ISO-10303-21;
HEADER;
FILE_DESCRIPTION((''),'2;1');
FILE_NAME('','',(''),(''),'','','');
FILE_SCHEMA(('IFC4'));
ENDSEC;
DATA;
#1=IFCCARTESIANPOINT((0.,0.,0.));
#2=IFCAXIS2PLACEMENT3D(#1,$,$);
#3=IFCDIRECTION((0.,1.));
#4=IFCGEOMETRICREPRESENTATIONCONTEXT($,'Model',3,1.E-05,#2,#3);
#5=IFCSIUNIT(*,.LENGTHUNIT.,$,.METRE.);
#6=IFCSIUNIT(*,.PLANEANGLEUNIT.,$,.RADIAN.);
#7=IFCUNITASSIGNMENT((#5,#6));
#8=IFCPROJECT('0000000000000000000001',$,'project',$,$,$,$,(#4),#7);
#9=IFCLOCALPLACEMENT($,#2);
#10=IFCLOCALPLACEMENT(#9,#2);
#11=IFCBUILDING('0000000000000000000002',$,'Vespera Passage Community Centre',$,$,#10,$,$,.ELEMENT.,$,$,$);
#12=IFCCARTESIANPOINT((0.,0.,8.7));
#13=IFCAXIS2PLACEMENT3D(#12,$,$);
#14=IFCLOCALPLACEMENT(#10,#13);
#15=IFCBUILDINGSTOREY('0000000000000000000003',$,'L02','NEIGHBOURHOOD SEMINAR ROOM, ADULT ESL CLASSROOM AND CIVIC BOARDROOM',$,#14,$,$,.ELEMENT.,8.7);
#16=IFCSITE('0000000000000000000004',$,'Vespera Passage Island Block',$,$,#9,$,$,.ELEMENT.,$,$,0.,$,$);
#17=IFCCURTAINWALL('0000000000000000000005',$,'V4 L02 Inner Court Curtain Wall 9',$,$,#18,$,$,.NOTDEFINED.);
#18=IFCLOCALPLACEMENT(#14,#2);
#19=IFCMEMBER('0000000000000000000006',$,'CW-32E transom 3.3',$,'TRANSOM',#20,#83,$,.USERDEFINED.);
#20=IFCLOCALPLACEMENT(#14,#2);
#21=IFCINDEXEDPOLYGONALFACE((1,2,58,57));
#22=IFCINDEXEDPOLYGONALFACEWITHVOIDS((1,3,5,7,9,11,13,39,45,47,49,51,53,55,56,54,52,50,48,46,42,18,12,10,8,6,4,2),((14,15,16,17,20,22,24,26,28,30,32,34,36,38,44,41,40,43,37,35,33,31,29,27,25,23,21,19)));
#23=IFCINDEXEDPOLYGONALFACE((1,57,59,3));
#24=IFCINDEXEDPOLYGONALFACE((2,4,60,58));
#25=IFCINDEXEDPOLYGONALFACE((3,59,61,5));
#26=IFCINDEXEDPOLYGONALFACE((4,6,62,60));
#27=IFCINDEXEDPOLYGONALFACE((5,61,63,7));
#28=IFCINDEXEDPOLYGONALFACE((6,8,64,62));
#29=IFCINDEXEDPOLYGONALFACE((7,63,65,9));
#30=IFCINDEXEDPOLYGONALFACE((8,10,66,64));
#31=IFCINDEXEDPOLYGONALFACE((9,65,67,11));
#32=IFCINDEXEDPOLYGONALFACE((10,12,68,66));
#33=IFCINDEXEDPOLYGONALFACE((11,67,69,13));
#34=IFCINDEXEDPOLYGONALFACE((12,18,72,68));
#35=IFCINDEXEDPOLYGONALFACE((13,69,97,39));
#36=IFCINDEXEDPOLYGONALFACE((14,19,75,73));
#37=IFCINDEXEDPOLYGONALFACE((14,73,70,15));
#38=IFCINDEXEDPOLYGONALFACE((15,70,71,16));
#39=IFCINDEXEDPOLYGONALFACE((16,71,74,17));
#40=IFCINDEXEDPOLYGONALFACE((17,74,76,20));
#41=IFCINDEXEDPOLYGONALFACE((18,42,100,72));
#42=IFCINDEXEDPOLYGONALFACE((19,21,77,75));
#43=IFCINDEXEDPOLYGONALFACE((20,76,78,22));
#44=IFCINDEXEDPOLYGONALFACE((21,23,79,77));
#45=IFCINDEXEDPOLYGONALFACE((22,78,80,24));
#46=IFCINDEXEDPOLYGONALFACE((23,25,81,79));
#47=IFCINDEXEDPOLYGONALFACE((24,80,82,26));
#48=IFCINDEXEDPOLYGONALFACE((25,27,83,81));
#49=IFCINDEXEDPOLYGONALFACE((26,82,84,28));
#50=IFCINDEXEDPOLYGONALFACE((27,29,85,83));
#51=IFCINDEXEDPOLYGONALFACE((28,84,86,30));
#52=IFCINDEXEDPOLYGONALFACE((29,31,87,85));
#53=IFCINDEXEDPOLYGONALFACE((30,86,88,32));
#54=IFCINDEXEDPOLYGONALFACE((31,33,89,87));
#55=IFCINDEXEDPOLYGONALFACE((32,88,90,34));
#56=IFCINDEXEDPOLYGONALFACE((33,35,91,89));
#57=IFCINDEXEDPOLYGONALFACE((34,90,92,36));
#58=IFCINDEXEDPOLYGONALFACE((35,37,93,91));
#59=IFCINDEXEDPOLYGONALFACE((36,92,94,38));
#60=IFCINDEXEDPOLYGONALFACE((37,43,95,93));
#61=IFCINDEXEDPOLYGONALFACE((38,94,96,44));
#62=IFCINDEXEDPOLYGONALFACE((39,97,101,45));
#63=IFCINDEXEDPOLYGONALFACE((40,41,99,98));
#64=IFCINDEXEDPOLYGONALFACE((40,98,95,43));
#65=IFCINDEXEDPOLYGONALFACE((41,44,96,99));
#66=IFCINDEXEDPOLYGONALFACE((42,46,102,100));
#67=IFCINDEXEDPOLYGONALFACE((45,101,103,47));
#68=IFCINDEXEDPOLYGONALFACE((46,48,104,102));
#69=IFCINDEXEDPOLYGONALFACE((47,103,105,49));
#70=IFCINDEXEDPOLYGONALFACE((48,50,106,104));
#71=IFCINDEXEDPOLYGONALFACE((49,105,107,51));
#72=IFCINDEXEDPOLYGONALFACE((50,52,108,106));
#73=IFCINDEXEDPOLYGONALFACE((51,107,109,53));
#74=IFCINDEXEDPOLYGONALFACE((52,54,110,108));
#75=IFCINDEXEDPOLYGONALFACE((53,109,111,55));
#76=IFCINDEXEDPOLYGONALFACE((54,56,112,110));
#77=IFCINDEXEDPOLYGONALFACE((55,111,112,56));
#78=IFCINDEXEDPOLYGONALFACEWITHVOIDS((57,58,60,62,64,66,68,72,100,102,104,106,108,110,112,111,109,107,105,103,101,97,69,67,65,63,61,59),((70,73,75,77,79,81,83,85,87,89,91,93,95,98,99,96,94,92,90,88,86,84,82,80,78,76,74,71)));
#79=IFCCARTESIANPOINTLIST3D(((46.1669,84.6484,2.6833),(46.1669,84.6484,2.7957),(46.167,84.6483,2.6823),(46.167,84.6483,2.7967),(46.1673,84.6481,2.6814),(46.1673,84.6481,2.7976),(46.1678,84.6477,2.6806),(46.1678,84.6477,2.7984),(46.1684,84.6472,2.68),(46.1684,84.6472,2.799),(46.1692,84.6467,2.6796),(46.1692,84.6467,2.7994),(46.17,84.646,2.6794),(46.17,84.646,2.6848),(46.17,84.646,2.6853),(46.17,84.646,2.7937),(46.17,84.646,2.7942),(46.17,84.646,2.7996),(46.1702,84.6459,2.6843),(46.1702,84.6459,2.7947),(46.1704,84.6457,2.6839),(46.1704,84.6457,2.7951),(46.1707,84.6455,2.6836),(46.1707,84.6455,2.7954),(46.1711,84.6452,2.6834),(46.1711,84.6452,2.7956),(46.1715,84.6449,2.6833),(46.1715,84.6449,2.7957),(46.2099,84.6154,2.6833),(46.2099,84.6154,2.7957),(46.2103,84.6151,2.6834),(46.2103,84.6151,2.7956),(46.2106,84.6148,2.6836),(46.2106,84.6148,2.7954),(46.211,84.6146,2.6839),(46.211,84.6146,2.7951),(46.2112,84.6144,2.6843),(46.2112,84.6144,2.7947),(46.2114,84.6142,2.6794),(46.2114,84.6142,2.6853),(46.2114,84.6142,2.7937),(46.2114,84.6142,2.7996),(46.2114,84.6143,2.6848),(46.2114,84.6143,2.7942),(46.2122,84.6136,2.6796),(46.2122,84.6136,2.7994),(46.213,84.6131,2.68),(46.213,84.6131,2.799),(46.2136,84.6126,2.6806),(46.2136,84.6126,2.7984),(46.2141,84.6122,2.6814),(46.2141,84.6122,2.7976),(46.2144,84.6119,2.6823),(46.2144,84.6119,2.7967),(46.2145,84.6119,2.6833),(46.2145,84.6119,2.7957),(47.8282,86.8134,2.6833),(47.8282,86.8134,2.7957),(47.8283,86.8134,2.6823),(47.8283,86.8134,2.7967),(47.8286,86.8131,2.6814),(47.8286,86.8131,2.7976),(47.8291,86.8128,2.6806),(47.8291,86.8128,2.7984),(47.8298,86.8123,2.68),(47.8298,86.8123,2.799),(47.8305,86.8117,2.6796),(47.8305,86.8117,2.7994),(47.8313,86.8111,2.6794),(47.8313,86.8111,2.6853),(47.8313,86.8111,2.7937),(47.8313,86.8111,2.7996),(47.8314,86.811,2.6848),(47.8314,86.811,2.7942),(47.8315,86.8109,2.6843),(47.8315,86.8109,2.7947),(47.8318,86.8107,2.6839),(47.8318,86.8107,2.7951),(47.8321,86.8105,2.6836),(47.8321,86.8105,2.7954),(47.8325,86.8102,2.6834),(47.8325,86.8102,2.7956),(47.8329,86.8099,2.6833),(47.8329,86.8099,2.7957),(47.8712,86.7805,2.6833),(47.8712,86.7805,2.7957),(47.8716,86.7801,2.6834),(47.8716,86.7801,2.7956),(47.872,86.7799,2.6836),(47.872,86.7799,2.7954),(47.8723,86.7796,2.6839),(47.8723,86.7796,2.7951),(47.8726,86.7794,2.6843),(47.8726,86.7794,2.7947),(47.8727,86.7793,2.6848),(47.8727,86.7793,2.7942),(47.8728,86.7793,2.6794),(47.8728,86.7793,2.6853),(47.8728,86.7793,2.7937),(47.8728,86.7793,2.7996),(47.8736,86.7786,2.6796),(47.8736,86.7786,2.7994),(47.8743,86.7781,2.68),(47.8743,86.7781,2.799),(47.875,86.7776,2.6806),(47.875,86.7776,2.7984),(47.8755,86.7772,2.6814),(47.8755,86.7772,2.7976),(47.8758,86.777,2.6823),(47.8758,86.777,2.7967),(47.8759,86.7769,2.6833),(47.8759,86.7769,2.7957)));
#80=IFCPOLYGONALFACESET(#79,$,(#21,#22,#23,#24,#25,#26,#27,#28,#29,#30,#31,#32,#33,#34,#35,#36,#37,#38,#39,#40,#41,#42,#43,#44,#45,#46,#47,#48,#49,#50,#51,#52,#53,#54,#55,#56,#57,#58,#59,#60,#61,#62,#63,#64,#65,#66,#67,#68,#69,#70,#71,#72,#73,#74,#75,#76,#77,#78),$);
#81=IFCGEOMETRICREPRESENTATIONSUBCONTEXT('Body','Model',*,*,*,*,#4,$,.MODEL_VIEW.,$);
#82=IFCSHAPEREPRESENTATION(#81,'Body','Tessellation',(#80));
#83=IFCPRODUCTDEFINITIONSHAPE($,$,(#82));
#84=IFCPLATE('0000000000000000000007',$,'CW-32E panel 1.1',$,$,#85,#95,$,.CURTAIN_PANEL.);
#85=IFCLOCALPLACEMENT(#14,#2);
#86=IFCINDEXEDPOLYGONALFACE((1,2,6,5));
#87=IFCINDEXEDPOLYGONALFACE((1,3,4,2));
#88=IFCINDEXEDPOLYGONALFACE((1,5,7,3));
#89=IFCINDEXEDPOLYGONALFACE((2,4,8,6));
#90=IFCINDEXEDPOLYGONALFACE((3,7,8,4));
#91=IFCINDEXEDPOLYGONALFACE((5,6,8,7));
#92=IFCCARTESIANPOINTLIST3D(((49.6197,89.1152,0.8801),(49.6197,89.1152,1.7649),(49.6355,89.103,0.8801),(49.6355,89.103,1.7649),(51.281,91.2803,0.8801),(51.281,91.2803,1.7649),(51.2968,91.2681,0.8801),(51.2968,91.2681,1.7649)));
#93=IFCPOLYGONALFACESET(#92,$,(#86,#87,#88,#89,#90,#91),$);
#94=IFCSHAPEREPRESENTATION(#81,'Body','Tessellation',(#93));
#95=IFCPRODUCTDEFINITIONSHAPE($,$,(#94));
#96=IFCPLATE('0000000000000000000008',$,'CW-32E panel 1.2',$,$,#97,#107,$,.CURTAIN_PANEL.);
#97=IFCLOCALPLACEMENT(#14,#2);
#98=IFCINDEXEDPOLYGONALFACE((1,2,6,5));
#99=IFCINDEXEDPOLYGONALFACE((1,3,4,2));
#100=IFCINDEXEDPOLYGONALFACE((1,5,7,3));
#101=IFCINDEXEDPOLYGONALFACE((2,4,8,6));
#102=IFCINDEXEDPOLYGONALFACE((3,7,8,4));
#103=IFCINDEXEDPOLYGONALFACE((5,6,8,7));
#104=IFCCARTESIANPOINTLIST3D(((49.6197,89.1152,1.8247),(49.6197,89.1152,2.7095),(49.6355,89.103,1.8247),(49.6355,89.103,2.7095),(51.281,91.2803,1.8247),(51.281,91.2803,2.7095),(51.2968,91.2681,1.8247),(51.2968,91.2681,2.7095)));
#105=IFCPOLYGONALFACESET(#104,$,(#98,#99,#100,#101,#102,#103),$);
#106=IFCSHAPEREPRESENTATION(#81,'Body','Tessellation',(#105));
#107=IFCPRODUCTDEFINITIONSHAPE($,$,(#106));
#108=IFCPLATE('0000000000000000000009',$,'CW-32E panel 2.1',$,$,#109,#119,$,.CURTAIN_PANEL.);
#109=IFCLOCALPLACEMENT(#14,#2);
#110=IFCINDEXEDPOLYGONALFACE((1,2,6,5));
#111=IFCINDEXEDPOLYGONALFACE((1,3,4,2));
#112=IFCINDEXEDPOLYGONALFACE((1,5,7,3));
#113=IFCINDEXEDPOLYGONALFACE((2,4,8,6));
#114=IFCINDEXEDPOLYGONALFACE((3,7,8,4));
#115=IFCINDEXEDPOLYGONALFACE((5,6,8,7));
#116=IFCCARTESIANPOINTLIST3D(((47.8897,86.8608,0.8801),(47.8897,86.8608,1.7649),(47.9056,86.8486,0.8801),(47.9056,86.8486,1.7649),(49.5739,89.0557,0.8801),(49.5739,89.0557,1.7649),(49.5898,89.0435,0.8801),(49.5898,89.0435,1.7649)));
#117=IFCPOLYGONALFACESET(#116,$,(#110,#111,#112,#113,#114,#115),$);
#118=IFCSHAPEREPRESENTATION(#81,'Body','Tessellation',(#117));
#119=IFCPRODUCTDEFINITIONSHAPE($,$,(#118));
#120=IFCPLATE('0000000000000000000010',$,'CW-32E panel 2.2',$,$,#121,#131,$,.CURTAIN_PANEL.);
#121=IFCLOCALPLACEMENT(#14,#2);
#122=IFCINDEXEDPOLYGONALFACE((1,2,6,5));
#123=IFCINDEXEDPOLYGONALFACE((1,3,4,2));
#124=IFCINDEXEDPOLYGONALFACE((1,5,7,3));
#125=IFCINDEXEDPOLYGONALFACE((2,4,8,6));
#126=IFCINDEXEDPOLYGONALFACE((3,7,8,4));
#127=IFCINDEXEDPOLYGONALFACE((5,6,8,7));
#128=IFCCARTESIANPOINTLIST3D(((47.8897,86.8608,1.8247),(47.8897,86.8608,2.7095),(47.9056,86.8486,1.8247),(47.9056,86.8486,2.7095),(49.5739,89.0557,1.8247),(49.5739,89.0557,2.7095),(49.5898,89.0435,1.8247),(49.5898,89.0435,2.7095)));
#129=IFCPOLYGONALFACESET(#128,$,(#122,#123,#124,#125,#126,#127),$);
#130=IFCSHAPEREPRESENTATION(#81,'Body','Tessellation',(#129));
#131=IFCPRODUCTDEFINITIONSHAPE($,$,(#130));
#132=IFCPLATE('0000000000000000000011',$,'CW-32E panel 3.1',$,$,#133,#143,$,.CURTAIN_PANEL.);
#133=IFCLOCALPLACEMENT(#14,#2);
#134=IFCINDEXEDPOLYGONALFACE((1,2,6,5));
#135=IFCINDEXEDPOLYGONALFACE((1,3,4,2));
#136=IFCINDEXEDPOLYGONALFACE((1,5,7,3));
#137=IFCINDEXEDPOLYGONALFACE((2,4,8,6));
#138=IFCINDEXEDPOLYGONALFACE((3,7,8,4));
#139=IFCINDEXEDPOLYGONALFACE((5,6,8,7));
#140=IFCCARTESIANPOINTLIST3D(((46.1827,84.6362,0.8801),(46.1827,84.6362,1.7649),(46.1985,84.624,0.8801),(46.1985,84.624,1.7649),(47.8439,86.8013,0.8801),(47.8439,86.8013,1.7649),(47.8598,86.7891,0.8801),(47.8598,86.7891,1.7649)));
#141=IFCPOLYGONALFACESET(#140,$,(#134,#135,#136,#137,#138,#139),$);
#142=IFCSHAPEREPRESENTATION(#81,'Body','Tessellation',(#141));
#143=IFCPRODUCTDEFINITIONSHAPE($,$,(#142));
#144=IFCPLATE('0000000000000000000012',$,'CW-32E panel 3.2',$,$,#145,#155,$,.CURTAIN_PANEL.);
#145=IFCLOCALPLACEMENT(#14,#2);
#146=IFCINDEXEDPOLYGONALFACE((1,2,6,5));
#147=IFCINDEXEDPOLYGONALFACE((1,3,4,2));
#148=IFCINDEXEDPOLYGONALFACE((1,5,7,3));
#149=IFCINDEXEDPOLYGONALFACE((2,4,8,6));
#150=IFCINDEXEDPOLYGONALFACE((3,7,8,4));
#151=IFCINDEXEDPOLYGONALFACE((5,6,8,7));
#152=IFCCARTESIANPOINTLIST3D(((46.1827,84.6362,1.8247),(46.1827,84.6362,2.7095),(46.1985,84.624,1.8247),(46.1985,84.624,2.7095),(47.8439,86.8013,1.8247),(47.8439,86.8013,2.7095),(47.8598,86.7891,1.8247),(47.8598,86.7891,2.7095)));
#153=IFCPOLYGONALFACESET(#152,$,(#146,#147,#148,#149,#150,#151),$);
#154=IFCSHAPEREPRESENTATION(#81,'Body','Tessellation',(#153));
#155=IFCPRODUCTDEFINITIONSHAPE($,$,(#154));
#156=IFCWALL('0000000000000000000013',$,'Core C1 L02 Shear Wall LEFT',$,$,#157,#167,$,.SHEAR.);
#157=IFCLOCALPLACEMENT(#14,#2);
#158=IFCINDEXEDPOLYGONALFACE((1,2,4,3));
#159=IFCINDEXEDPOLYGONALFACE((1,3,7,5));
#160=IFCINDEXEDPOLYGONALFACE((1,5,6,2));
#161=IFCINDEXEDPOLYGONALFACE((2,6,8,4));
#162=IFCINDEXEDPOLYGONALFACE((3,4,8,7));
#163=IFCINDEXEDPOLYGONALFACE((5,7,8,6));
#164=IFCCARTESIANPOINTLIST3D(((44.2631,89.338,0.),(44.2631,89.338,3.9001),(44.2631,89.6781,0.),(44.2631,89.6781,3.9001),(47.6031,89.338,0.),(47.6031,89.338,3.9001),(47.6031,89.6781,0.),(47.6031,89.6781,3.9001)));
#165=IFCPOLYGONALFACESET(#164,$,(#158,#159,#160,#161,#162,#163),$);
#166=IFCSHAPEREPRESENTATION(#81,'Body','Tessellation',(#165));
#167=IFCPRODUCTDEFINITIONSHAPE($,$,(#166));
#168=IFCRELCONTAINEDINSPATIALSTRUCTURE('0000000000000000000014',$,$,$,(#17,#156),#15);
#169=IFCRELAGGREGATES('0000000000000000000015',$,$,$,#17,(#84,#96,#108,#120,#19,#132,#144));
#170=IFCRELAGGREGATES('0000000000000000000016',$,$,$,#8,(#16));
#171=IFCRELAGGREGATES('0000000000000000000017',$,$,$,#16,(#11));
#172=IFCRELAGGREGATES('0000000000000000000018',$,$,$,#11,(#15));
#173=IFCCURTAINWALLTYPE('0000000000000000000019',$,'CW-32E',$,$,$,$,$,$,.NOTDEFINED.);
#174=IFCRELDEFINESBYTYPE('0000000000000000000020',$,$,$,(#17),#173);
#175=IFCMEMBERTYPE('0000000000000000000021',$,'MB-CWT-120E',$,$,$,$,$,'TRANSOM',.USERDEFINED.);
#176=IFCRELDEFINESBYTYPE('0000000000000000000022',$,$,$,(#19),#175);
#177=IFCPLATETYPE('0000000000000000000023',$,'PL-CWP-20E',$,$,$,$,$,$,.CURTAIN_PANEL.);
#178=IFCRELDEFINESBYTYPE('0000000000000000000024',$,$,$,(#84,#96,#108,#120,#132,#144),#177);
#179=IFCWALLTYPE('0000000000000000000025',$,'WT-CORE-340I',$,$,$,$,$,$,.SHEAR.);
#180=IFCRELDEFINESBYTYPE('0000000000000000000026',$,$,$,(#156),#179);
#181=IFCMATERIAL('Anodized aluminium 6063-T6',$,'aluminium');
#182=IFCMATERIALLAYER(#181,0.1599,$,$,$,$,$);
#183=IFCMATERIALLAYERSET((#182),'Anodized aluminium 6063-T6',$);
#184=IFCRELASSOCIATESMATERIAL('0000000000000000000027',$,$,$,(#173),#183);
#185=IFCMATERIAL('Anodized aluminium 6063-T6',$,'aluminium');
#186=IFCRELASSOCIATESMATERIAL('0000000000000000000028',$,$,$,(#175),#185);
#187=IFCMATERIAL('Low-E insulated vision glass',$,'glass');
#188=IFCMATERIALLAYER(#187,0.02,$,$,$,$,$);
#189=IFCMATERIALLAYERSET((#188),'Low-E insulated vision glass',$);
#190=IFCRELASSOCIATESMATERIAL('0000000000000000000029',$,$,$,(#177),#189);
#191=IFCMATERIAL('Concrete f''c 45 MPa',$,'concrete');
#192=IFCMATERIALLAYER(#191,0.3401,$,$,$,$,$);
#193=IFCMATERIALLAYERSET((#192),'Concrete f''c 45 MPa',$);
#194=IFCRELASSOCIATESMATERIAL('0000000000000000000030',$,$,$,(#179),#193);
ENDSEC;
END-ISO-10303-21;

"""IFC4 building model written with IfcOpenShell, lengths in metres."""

from ifc_helpers import new_model, si_unit, direction, frame, frame_2d, origin, origin_2d, place, context, subcontext, project, spatial, rectangle, hollow_rectangle, extrude, material, layer, layer_set, material_profile, profile_set, type_object, element, aggregate, save


model = new_model("IFC4")

# Units and contexts
model_context = context("Model", 3, precision=1e-05, world=origin(), true_north=direction((0.0, 1.0)))
body_context = subcontext(model_context, "Body", "Model", "MODEL_VIEW")
ifc_project = project(units=[si_unit("LENGTHUNIT", "METRE"), si_unit("PLANEANGLEUNIT", "RADIAN")], contexts=[model_context])

# Site, building, storey
site_placement = place(None, origin())
site = spatial("IfcSite", under=ifc_project, at=site_placement, Name="Vespera Passage Island Block", CompositionType="ELEMENT", RefElevation=0.0)
building_placement = place(site_placement, origin())
building = spatial("IfcBuilding", under=site, at=building_placement, Name="Vespera Passage Community Centre", CompositionType="ELEMENT")
storey_placement = place(building_placement, frame((0.0, 0.0, 8.7)))
storey = spatial("IfcBuildingStorey", under=building, at=storey_placement, Name="L02", Description="NEIGHBOURHOOD SEMINAR ROOM, ADULT ESL CLASSROOM AND CIVIC BOARDROOM", CompositionType="ELEMENT", Elevation=8.7)

# Curtain wall
ifc_material_1 = material(Name="Anodized aluminium 6063-T6", Category="aluminium")
ifc_layer_1 = layer(ifc_material_1, 0.1599)
ifc_layer_set_1 = layer_set([ifc_layer_1], Name="Anodized aluminium 6063-T6")
curtain_wall_type_1 = type_object("IfcCurtainWallType", Name="CW-32E", PredefinedType="NOTDEFINED", material=ifc_layer_set_1)
curtain_wall_1_placement = place(storey_placement, origin())
curtain_wall_1 = element("IfcCurtainWall", 1, at=curtain_wall_1_placement, inside=storey, type_object=curtain_wall_type_1, Name="V4 L02 Inner Court Curtain Wall 9", PredefinedType="NOTDEFINED")

# Member
ifc_material_2 = material(Name="Anodized aluminium 6063-T6", Category="aluminium")
ifc_material_profile_1 = material_profile(ifc_material_2, hollow_rectangle(XDim=0.0601, YDim=0.1201, WallThickness=0.0039, InnerFilletRadius=0.002, OuterFilletRadius=0.0039, at=origin_2d()), Name="ALU120X60X4")
ifc_profile_set_1 = profile_set([ifc_material_profile_1], Name="Anodized aluminium 6063-T6")
member_type_1 = type_object("IfcMemberType", Name="MB-CWT-120E", ElementType="TRANSOM", PredefinedType="USERDEFINED", material=ifc_profile_set_1)
member_1_placement = place(storey_placement, frame((47.8521, 86.7952, 2.7395), z_axis=(-0.608781, -0.793338, 0.0), x_axis=(0.793338, -0.608781, 0.0)))
member_1 = element("IfcMember", 2, at=member_1_placement, type_object=member_type_1, Name="CW-32E transom 3.3", ObjectType="TRANSOM", PredefinedType="USERDEFINED", context=body_context, shape_type="SweptSolid", body=[
    extrude(hollow_rectangle(XDim=0.0601, YDim=0.1201, WallThickness=0.0039, InnerFilletRadius=0.002, OuterFilletRadius=0.0039, at=origin_2d()), origin(), (0.0, 0.0, 1.0), 2.729),
])

# Plates
ifc_material_3 = material(Name="Low-E insulated vision glass", Category="glass")
ifc_layer_2 = layer(ifc_material_3, 0.02)
ifc_layer_set_2 = layer_set([ifc_layer_2], Name="Low-E insulated vision glass")
plate_type = type_object("IfcPlateType", Name="PL-CWP-20E", PredefinedType="CURTAIN_PANEL", material=ifc_layer_set_2)
plate_1_placement = place(storey_placement, frame((50.4583, 90.1917, 0.8801), z_axis=(0.0, 0.0, 1.0), x_axis=(-0.608755, -0.793358, 0.0)))
plate_1 = element("IfcPlate", 3, at=plate_1_placement, type_object=plate_type, Name="CW-32E panel 1.1", PredefinedType="CURTAIN_PANEL", context=body_context, shape_type="SweptSolid", body=[
    extrude(rectangle(XDim=2.729, YDim=0.02, at=origin_2d()), origin(), (0.0, 0.0, 1.0), 0.8848),
])
plate_2_placement = place(storey_placement, frame((50.4583, 90.1917, 1.8247), z_axis=(0.0, 0.0, 1.0), x_axis=(-0.608755, -0.793358, 0.0)))
plate_2 = element("IfcPlate", 4, at=plate_2_placement, type_object=plate_type, Name="CW-32E panel 1.2", PredefinedType="CURTAIN_PANEL", context=body_context, shape_type="SweptSolid", body=[
    extrude(rectangle(XDim=2.729, YDim=0.02, at=origin_2d()), origin(), (0.0, 0.0, 1.0), 0.8848),
])
plate_3_placement = place(storey_placement, frame((48.7397, 87.9521, 0.8801), z_axis=(0.0, 0.0, 1.0), x_axis=(-0.608755, -0.793358, 0.0)))
plate_3 = element("IfcPlate", 5, at=plate_3_placement, type_object=plate_type, Name="CW-32E panel 2.1", PredefinedType="CURTAIN_PANEL", context=body_context, shape_type="SweptSolid", body=[
    extrude(rectangle(XDim=2.7666, YDim=0.02, at=origin_2d()), origin(), (0.0, 0.0, 1.0), 0.8848),
])
plate_4_placement = place(storey_placement, frame((48.7397, 87.9521, 1.8247), z_axis=(0.0, 0.0, 1.0), x_axis=(-0.608755, -0.793358, 0.0)))
plate_4 = element("IfcPlate", 6, at=plate_4_placement, type_object=plate_type, Name="CW-32E panel 2.2", PredefinedType="CURTAIN_PANEL", context=body_context, shape_type="SweptSolid", body=[
    extrude(rectangle(XDim=2.7666, YDim=0.02, at=origin_2d()), origin(), (0.0, 0.0, 1.0), 0.8848),
])
plate_5_placement = place(storey_placement, frame((47.0212, 85.7126, 0.8801), z_axis=(0.0, 0.0, 1.0), x_axis=(-0.608755, -0.793358, 0.0)))
plate_5 = element("IfcPlate", 7, at=plate_5_placement, type_object=plate_type, Name="CW-32E panel 3.1", PredefinedType="CURTAIN_PANEL", context=body_context, shape_type="SweptSolid", body=[
    extrude(rectangle(XDim=2.729, YDim=0.02, at=origin_2d()), origin(), (0.0, 0.0, 1.0), 0.8848),
])
plate_6_placement = place(storey_placement, frame((47.0212, 85.7126, 1.8247), z_axis=(0.0, 0.0, 1.0), x_axis=(-0.608755, -0.793358, 0.0)))
plate_6 = element("IfcPlate", 8, at=plate_6_placement, type_object=plate_type, Name="CW-32E panel 3.2", PredefinedType="CURTAIN_PANEL", context=body_context, shape_type="SweptSolid", body=[
    extrude(rectangle(XDim=2.729, YDim=0.02, at=origin_2d()), origin(), (0.0, 0.0, 1.0), 0.8848),
])
aggregate(curtain_wall_1, [plate_1, plate_2, plate_3, plate_4, member_1, plate_5, plate_6])

# Wall
ifc_material_4 = material(Name="Concrete f'c 45 MPa", Category="concrete")
ifc_layer_3 = layer(ifc_material_4, 0.3401)
ifc_layer_set_3 = layer_set([ifc_layer_3], Name="Concrete f'c 45 MPa")
wall_type_1 = type_object("IfcWallType", Name="WT-CORE-340I", PredefinedType="SHEAR", material=ifc_layer_set_3)
wall_1_placement = place(storey_placement, frame((47.603, 89.5081, 0.0), z_axis=(0.0, 0.0, 1.0), x_axis=(-1.0, 0.0, 0.0)))
element("IfcWall", 9, at=wall_1_placement, inside=storey, type_object=wall_type_1, Name="Core C1 L02 Shear Wall LEFT", PredefinedType="SHEAR", context=body_context, shape_type="SweptSolid", body=[
    extrude(rectangle(XDim=3.3401, YDim=0.3401, at=frame_2d((1.6699, 0.0))), origin(), (0.0, 0.0, 1.0), 3.9001),
])

save(model, "model.ifc")
